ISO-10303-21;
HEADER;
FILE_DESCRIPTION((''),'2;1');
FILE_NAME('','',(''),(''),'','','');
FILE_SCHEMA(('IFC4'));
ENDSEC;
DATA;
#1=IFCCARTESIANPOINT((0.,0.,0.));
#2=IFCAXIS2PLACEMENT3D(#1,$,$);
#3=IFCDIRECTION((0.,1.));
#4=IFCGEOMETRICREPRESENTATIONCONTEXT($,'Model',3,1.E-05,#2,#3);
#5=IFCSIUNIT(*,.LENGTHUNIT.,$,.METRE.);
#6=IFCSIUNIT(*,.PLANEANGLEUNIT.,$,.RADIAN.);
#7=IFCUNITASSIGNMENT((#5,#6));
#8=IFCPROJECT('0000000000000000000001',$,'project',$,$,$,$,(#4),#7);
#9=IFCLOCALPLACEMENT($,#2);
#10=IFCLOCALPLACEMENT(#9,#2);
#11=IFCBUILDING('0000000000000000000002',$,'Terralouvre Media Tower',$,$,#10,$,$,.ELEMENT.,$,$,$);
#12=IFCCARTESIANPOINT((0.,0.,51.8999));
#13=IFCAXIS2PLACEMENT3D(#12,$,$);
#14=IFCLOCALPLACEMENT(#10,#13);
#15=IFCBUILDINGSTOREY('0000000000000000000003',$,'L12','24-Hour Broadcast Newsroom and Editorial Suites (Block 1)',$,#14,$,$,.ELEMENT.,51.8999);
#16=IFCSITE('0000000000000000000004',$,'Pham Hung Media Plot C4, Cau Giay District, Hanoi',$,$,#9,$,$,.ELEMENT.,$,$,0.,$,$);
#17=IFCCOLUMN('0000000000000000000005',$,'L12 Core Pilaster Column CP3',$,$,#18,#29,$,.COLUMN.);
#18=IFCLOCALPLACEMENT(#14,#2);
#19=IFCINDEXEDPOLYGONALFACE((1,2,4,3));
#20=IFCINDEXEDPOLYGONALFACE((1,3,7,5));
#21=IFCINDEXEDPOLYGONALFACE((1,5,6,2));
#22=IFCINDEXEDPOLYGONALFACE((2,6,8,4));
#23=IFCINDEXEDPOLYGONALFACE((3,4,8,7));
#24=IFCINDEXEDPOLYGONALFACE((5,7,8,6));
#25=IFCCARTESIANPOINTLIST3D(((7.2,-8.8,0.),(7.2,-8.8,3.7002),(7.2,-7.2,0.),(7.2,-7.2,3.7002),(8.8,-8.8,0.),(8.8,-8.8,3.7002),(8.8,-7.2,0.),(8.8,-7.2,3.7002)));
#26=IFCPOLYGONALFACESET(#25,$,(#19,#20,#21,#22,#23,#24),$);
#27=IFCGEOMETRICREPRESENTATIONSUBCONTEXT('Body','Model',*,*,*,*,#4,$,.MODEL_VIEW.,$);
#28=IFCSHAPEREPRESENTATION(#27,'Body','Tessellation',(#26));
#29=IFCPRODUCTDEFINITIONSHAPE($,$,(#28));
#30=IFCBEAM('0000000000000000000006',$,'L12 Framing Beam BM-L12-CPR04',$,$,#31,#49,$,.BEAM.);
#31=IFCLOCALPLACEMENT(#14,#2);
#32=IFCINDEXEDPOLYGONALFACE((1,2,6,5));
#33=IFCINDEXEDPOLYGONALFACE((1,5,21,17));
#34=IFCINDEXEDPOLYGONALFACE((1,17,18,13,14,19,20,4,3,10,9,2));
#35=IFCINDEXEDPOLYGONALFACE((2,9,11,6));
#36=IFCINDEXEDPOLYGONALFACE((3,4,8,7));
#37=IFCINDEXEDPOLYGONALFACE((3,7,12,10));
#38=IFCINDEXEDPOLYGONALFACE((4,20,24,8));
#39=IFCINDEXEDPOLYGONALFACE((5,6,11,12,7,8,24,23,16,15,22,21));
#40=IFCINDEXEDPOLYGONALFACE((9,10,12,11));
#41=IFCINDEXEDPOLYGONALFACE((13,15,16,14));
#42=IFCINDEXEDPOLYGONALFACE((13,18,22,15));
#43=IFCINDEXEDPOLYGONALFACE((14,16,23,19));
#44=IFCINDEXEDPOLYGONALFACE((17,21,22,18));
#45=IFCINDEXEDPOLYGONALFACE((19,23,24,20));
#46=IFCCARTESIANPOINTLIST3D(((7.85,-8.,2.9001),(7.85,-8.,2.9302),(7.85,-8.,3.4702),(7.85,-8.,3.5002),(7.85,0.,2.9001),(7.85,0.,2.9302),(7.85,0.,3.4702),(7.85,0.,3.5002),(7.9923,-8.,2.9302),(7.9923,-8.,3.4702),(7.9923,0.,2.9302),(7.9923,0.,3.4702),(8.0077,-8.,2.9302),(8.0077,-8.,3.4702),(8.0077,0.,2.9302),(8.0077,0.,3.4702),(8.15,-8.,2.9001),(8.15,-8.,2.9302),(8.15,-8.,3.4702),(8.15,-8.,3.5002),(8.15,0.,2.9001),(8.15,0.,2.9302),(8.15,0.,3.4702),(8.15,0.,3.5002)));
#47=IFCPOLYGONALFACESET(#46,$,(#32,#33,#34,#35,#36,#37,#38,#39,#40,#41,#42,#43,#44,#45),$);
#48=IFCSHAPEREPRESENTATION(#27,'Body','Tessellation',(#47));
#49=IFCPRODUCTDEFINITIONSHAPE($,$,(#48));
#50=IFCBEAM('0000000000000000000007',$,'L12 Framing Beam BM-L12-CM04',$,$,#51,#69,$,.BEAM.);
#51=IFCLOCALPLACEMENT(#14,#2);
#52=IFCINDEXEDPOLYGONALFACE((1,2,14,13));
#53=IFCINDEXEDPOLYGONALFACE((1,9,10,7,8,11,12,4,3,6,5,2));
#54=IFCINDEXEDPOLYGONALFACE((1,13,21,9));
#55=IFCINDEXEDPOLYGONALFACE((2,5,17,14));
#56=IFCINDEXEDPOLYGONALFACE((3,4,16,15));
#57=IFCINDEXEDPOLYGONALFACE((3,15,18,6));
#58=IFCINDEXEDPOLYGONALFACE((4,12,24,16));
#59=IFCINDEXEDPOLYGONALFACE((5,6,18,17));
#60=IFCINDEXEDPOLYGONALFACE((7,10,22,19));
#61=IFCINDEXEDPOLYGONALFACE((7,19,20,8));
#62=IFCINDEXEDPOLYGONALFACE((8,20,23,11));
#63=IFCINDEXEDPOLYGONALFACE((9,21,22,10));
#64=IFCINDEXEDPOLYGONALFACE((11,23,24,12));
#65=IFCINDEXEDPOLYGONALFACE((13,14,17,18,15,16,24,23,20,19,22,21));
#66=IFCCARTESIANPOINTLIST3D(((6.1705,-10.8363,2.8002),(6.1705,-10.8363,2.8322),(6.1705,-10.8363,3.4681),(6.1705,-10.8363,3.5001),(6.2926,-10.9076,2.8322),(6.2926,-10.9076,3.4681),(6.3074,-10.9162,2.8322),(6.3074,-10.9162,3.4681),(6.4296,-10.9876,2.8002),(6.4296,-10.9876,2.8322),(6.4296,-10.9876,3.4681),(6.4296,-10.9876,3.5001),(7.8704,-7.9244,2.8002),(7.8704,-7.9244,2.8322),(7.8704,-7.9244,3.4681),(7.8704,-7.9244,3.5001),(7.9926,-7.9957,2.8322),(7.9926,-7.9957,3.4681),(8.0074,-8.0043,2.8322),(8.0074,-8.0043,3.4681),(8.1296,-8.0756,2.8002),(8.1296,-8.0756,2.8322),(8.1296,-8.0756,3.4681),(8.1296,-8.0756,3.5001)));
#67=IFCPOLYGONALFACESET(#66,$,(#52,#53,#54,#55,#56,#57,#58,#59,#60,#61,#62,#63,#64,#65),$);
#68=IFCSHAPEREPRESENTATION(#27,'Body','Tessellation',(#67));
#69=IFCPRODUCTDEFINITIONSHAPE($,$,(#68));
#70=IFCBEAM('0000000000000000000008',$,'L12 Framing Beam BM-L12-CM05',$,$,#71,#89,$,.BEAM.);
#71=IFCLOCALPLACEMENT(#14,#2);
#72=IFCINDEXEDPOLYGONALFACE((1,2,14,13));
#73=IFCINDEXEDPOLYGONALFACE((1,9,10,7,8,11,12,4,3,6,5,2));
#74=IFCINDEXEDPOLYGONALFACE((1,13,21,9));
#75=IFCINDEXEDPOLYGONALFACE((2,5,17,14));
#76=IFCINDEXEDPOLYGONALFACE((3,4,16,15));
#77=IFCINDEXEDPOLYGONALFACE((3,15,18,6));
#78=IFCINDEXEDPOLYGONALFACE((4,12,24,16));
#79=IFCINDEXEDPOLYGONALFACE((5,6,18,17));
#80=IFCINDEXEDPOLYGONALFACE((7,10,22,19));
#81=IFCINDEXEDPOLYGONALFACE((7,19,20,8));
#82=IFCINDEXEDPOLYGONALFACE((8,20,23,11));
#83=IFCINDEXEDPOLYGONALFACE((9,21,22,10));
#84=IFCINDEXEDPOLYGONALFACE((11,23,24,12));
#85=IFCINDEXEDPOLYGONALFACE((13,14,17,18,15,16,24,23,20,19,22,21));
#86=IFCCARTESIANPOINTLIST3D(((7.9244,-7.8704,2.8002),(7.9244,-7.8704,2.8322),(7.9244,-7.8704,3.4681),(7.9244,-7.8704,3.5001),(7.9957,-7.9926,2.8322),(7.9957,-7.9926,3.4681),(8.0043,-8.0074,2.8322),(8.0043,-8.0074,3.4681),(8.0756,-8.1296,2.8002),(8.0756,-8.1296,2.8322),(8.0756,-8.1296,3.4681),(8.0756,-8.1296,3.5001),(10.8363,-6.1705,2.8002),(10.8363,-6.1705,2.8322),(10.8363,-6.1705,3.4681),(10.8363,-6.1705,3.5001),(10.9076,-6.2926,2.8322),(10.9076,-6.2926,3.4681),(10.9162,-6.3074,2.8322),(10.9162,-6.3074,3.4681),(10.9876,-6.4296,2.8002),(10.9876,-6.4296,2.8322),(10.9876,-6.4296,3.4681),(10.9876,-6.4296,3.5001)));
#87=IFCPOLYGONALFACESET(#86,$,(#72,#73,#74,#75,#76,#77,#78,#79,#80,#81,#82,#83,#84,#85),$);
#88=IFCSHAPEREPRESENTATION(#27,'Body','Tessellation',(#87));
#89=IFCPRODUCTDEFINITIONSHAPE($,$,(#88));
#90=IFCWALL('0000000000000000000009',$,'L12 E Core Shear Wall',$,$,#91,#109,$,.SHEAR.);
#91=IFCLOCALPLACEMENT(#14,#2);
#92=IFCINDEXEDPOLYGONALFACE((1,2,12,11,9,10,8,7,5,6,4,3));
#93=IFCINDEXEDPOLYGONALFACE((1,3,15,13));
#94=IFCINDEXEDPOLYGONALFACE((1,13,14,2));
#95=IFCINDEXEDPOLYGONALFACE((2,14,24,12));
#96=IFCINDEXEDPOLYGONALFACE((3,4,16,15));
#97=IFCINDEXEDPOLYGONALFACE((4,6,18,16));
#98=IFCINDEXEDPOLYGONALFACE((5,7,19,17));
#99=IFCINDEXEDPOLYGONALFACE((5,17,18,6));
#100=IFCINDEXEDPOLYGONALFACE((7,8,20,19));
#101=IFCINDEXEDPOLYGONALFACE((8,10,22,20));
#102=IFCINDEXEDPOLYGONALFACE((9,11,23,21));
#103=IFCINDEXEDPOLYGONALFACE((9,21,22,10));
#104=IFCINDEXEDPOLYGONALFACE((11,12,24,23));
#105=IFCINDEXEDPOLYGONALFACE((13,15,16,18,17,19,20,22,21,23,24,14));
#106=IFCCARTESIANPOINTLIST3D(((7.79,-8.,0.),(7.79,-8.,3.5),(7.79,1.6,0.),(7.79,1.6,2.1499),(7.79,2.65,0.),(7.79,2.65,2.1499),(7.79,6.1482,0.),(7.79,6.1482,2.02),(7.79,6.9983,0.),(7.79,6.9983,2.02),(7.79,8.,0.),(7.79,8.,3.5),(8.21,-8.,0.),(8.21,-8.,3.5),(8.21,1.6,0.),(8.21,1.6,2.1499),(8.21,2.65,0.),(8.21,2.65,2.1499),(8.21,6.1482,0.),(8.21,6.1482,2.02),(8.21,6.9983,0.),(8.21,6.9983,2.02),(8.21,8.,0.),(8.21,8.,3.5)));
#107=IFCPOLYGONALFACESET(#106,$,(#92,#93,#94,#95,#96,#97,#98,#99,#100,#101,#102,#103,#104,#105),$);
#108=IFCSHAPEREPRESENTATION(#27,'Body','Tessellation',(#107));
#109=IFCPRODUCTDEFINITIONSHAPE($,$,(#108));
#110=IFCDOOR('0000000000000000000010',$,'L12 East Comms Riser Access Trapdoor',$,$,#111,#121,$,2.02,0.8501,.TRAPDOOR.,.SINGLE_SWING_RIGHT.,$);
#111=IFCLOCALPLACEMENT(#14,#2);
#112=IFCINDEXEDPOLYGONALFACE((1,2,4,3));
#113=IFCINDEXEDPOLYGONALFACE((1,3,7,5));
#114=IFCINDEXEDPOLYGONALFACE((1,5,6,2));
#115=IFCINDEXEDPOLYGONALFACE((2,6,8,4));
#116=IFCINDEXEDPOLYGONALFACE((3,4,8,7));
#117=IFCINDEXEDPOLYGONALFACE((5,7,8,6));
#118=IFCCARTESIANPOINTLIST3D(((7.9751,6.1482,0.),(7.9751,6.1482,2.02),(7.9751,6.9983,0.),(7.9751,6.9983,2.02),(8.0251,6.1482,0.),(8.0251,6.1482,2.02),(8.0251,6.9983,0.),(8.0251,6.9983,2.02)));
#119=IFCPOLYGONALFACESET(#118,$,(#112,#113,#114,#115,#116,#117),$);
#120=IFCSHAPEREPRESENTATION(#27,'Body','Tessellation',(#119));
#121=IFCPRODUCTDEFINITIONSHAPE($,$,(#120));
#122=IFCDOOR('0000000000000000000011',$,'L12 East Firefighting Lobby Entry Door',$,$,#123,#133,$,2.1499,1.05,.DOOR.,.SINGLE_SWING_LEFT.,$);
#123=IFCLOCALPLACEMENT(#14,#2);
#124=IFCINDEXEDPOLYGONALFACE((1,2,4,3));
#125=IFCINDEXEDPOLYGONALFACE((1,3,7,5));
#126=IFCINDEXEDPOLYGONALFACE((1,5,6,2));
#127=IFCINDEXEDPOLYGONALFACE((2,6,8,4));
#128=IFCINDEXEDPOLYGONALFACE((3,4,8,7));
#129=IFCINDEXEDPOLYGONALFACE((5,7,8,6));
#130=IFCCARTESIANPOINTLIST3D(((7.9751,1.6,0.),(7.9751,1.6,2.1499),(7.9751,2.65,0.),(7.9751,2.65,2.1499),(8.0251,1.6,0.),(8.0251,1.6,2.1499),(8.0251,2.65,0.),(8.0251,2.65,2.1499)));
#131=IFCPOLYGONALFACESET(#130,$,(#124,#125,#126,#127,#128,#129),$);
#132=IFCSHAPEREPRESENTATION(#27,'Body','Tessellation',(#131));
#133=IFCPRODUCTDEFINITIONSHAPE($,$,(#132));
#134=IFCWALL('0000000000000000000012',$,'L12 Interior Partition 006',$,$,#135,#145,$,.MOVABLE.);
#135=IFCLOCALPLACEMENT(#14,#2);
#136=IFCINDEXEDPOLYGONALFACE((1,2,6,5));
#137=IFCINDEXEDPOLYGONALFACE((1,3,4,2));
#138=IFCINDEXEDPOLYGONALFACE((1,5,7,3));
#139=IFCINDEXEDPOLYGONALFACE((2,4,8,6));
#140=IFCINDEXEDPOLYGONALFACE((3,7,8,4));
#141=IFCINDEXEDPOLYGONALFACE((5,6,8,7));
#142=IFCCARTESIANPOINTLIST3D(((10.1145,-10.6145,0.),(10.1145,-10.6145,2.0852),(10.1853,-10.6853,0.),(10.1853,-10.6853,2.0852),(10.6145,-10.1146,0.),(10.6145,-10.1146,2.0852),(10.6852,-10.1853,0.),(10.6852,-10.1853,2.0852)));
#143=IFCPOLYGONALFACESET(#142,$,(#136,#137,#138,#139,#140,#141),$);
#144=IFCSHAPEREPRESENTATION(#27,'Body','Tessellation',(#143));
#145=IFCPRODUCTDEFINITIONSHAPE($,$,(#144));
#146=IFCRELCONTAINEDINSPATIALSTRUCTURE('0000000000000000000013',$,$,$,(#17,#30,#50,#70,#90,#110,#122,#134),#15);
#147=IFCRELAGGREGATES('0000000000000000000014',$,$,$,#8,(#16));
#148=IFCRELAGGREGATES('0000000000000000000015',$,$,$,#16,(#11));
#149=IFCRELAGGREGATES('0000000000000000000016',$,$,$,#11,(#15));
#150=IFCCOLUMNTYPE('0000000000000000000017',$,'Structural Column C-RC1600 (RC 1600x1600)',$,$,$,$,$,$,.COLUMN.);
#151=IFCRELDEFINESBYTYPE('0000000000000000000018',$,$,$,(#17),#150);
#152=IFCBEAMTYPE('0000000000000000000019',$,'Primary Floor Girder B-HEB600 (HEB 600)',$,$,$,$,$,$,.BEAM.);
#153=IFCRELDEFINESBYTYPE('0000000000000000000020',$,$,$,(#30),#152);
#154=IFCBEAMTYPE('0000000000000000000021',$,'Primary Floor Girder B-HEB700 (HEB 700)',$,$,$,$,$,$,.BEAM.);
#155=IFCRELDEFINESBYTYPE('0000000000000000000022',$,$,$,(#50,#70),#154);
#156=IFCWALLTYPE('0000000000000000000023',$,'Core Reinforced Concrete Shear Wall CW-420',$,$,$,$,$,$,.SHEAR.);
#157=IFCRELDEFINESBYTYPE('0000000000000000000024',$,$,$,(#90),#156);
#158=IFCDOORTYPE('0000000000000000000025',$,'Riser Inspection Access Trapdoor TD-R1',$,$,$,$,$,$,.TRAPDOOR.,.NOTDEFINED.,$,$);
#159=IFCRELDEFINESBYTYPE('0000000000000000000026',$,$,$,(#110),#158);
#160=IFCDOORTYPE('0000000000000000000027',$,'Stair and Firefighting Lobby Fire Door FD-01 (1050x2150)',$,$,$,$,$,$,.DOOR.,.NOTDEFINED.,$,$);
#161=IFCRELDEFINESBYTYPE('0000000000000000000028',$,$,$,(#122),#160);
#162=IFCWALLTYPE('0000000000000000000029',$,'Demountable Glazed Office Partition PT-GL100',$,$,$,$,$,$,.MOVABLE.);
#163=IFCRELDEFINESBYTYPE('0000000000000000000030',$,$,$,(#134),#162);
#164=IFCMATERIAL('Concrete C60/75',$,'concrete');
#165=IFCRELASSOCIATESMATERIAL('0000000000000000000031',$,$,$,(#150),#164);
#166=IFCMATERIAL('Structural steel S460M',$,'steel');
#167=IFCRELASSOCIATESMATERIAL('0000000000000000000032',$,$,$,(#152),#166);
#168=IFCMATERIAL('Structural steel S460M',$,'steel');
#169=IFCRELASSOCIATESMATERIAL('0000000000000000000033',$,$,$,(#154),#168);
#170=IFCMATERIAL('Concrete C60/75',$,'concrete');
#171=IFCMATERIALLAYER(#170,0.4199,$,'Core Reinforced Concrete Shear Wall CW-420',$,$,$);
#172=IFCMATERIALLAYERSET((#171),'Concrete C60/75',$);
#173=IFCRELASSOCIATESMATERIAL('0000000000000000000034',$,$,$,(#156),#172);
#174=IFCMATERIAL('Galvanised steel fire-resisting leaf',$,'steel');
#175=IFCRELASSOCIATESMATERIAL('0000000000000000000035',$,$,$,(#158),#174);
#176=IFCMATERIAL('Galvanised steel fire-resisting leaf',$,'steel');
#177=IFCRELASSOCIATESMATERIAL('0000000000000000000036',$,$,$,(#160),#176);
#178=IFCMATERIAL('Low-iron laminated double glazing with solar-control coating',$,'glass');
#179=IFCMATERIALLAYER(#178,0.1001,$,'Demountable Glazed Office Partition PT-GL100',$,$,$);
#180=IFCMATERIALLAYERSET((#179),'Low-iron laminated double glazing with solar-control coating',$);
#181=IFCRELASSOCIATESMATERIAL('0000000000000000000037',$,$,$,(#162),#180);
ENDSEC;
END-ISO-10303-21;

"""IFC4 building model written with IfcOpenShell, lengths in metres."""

from ifc_helpers import new_model, si_unit, direction, frame, frame_2d, origin, origin_2d, place, context, subcontext, project, spatial, rectangle, i_section, extrude, material, layer, layer_set, material_profile, profile_set, type_object, element, fill, save


model = new_model("IFC4")

# Units and contexts
model_context = context("Model", 3, precision=1e-05, world=origin(), true_north=direction((0.0, 1.0)))
body_context = subcontext(model_context, "Body", "Model", "MODEL_VIEW")
ifc_project = project(units=[si_unit("LENGTHUNIT", "METRE"), si_unit("PLANEANGLEUNIT", "RADIAN")], contexts=[model_context])

# Site, building, storey
site_placement = place(None, origin())
site = spatial("IfcSite", under=ifc_project, at=site_placement, Name="Pham Hung Media Plot C4, Cau Giay District, Hanoi", CompositionType="ELEMENT", RefElevation=0.0)
building_placement = place(site_placement, origin())
building = spatial("IfcBuilding", under=site, at=building_placement, Name="Terralouvre Media Tower", CompositionType="ELEMENT")
storey_placement = place(building_placement, frame((0.0, 0.0, 51.8999)))
storey = spatial("IfcBuildingStorey", under=building, at=storey_placement, Name="L12", Description="24-Hour Broadcast Newsroom and Editorial Suites (Block 1)", CompositionType="ELEMENT", Elevation=51.8999)

# Column
ifc_material_1 = material(Name="Concrete C60/75", Category="concrete")
ifc_material_profile_1 = material_profile(ifc_material_1, rectangle(XDim=1.6001, YDim=1.6001, at=origin_2d()), Name="RC 1600x1600")
ifc_profile_set_1 = profile_set([ifc_material_profile_1], Name="Concrete C60/75")
column_type = type_object("IfcColumnType", Name="Structural Column C-RC1600 (RC 1600x1600)", PredefinedType="COLUMN", material=ifc_profile_set_1)
column_placement = place(storey_placement, frame((8.0, -8.0, 0.0), z_axis=(0.0, 0.0, 1.0), x_axis=(1.0, 0.0, 0.0)))
element("IfcColumn", 1, at=column_placement, inside=storey, type_object=column_type, Name="L12 Core Pilaster Column CP3", PredefinedType="COLUMN", context=body_context, shape_type="SweptSolid", body=[
    extrude(rectangle(XDim=1.6001, YDim=1.6001, at=origin_2d()), origin(), (0.0, 0.0, 1.0), 3.7002),
])

# Beams
ifc_material_2 = material(Name="Structural steel S460M", Category="steel")
ifc_material_profile_2 = material_profile(ifc_material_2, i_section(OverallWidth=0.3, OverallDepth=0.6001, WebThickness=0.0154, FlangeThickness=0.03, at=origin_2d()), Name="HEB 600")
ifc_profile_set_2 = profile_set([ifc_material_profile_2], Name="Structural steel S460M")
beam_type_1 = type_object("IfcBeamType", Name="Primary Floor Girder B-HEB600 (HEB 600)", PredefinedType="BEAM", material=ifc_profile_set_2)
beam_placement = place(storey_placement, frame((8.0, -8.0, 3.2002), z_axis=(0.0, 1.0, 0.0), x_axis=(-1.0, 0.0, 0.0)))
element("IfcBeam", 2, at=beam_placement, inside=storey, type_object=beam_type_1, Name="L12 Framing Beam BM-L12-CPR04", PredefinedType="BEAM", context=body_context, shape_type="SweptSolid", body=[
    extrude(i_section(OverallWidth=0.3, OverallDepth=0.6001, WebThickness=0.0154, FlangeThickness=0.03, at=origin_2d()), origin(), (0.0, 0.0, 1.0), 8.0),
])
ifc_material_3 = material(Name="Structural steel S460M", Category="steel")
ifc_material_profile_3 = material_profile(ifc_material_3, i_section(OverallWidth=0.3, OverallDepth=0.7, WebThickness=0.0171, FlangeThickness=0.032, at=origin_2d()), Name="HEB 700")
ifc_profile_set_3 = profile_set([ifc_material_profile_3], Name="Structural steel S460M")
beam_type_2 = type_object("IfcBeamType", Name="Primary Floor Girder B-HEB700 (HEB 700)", PredefinedType="BEAM", material=ifc_profile_set_3)
for number, where, z_axis, x_axis, name in (
    (3, (8.0, -8.0, 3.1501), (-0.504173, -0.863603, 0.0), (0.863603, -0.504173, 0.0), "L12 Framing Beam BM-L12-CM04"),
    (4, (8.0, -8.0, 3.1501), (0.863603, 0.504173, 0.0), (-0.504173, 0.863603, 0.0), "L12 Framing Beam BM-L12-CM05"),
):
    element("IfcBeam", number, at=place(storey_placement, frame(where, z_axis=z_axis, x_axis=x_axis)), inside=storey, type_object=beam_type_2, Name=name, PredefinedType="BEAM", context=body_context, shape_type="SweptSolid", body=[
        extrude(i_section(OverallWidth=0.3, OverallDepth=0.7, WebThickness=0.0171, FlangeThickness=0.032, at=origin_2d()), origin(), (0.0, 0.0, 1.0), 3.3718),
    ])

# Wall, openings, doors
ifc_material_4 = material(Name="Concrete C60/75", Category="concrete")
ifc_layer_1 = layer(ifc_material_4, 0.4199, Name="Core Reinforced Concrete Shear Wall CW-420")
ifc_layer_set_1 = layer_set([ifc_layer_1], Name="Concrete C60/75")
wall_type_1 = type_object("IfcWallType", Name="Core Reinforced Concrete Shear Wall CW-420", PredefinedType="SHEAR", material=ifc_layer_set_1)
wall_1_placement = place(storey_placement, frame((8.0, -8.0, 0.0), z_axis=(0.0, 0.0, 1.0), x_axis=(0.0, 1.0, 0.0)))
wall_1 = element("IfcWall", 5, at=wall_1_placement, inside=storey, type_object=wall_type_1, Name="L12 E Core Shear Wall", PredefinedType="SHEAR", context=body_context, shape_type="SweptSolid", body=[
    extrude(rectangle(XDim=16.0, YDim=0.4199, at=frame_2d((8.0, 0.0))), origin(), (0.0, 0.0, 1.0), 3.5),
])
opening_1_placement = place(wall_1_placement, frame((9.6001, 0.0, 0.0)))
opening_1 = element("IfcOpeningElement", 6, at=opening_1_placement, cuts=wall_1, PredefinedType="OPENING", context=body_context, shape_type="SweptSolid", body=[
    extrude(rectangle(XDim=1.05, YDim=2.1499, at=frame_2d((0.5249, 1.075))), frame((0.0, 0.22, 0.0), z_axis=(0.0, -1.0, 0.0), x_axis=(1.0, 0.0, 0.0)), (0.0, 0.0, 1.0), 0.4399),
])
opening_2_placement = place(wall_1_placement, frame((14.1482, 0.0, 0.0)))
opening_2 = element("IfcOpeningElement", 7, at=opening_2_placement, cuts=wall_1, PredefinedType="OPENING", context=body_context, shape_type="SweptSolid", body=[
    extrude(rectangle(XDim=0.8501, YDim=2.02, at=frame_2d((0.425, 1.01))), frame((0.0, 0.22, 0.0), z_axis=(0.0, -1.0, 0.0), x_axis=(1.0, 0.0, 0.0)), (0.0, 0.0, 1.0), 0.4399),
])
ifc_material_5 = material(Name="Galvanised steel fire-resisting leaf", Category="steel")
door_type_1 = type_object("IfcDoorType", Name="Riser Inspection Access Trapdoor TD-R1", OperationType="NOTDEFINED", PredefinedType="TRAPDOOR", material=ifc_material_5)
door_1_placement = place(opening_2_placement, origin())
door_1 = element("IfcDoor", 8, at=door_1_placement, inside=storey, type_object=door_type_1, Name="L12 East Comms Riser Access Trapdoor", OperationType="SINGLE_SWING_RIGHT", OverallHeight=2.02, OverallWidth=0.8501, PredefinedType="TRAPDOOR", context=body_context, shape_type="SweptSolid", body=[
    extrude(rectangle(XDim=0.8501, YDim=2.02, at=frame_2d((0.425, 1.01))), frame((0.0, 0.0249, 0.0), z_axis=(0.0, -1.0, 0.0), x_axis=(1.0, 0.0, 0.0)), (0.0, 0.0, 1.0), 0.05),
])
fill(opening_2, door_1)
ifc_material_6 = material(Name="Galvanised steel fire-resisting leaf", Category="steel")
door_type_2 = type_object("IfcDoorType", Name="Stair and Firefighting Lobby Fire Door FD-01 (1050x2150)", OperationType="NOTDEFINED", PredefinedType="DOOR", material=ifc_material_6)
door_2_placement = place(opening_1_placement, origin())
door_2 = element("IfcDoor", 9, at=door_2_placement, inside=storey, type_object=door_type_2, Name="L12 East Firefighting Lobby Entry Door", OperationType="SINGLE_SWING_LEFT", OverallHeight=2.1499, OverallWidth=1.05, PredefinedType="DOOR", context=body_context, shape_type="SweptSolid", body=[
    extrude(rectangle(XDim=1.05, YDim=2.1499, at=frame_2d((0.5249, 1.075))), frame((0.0, 0.0249, 0.0), z_axis=(0.0, -1.0, 0.0), x_axis=(1.0, 0.0, 0.0)), (0.0, 0.0, 1.0), 0.05),
])
fill(opening_1, door_2)

# Wall
ifc_material_7 = material(Name="Low-iron laminated double glazing with solar-control coating", Category="glass")
ifc_layer_2 = layer(ifc_material_7, 0.1001, Name="Demountable Glazed Office Partition PT-GL100")
ifc_layer_set_2 = layer_set([ifc_layer_2], Name="Low-iron laminated double glazing with solar-control coating")
wall_type_2 = type_object("IfcWallType", Name="Demountable Glazed Office Partition PT-GL100", PredefinedType="MOVABLE", material=ifc_layer_set_2)
wall_2_placement = place(storey_placement, frame((10.1499, -10.6499, 0.0), z_axis=(0.0, 0.0, 1.0), x_axis=(0.707107, 0.707107, 0.0)))
element("IfcWall", 10, at=wall_2_placement, inside=storey, type_object=wall_type_2, Name="L12 Interior Partition 006", PredefinedType="MOVABLE", context=body_context, shape_type="SweptSolid", body=[
    extrude(rectangle(XDim=0.707, YDim=0.1001, at=frame_2d((0.3535, 0.0))), origin(), (0.0, 0.0, 1.0), 2.0852),
])

save(model, "model.ifc")
